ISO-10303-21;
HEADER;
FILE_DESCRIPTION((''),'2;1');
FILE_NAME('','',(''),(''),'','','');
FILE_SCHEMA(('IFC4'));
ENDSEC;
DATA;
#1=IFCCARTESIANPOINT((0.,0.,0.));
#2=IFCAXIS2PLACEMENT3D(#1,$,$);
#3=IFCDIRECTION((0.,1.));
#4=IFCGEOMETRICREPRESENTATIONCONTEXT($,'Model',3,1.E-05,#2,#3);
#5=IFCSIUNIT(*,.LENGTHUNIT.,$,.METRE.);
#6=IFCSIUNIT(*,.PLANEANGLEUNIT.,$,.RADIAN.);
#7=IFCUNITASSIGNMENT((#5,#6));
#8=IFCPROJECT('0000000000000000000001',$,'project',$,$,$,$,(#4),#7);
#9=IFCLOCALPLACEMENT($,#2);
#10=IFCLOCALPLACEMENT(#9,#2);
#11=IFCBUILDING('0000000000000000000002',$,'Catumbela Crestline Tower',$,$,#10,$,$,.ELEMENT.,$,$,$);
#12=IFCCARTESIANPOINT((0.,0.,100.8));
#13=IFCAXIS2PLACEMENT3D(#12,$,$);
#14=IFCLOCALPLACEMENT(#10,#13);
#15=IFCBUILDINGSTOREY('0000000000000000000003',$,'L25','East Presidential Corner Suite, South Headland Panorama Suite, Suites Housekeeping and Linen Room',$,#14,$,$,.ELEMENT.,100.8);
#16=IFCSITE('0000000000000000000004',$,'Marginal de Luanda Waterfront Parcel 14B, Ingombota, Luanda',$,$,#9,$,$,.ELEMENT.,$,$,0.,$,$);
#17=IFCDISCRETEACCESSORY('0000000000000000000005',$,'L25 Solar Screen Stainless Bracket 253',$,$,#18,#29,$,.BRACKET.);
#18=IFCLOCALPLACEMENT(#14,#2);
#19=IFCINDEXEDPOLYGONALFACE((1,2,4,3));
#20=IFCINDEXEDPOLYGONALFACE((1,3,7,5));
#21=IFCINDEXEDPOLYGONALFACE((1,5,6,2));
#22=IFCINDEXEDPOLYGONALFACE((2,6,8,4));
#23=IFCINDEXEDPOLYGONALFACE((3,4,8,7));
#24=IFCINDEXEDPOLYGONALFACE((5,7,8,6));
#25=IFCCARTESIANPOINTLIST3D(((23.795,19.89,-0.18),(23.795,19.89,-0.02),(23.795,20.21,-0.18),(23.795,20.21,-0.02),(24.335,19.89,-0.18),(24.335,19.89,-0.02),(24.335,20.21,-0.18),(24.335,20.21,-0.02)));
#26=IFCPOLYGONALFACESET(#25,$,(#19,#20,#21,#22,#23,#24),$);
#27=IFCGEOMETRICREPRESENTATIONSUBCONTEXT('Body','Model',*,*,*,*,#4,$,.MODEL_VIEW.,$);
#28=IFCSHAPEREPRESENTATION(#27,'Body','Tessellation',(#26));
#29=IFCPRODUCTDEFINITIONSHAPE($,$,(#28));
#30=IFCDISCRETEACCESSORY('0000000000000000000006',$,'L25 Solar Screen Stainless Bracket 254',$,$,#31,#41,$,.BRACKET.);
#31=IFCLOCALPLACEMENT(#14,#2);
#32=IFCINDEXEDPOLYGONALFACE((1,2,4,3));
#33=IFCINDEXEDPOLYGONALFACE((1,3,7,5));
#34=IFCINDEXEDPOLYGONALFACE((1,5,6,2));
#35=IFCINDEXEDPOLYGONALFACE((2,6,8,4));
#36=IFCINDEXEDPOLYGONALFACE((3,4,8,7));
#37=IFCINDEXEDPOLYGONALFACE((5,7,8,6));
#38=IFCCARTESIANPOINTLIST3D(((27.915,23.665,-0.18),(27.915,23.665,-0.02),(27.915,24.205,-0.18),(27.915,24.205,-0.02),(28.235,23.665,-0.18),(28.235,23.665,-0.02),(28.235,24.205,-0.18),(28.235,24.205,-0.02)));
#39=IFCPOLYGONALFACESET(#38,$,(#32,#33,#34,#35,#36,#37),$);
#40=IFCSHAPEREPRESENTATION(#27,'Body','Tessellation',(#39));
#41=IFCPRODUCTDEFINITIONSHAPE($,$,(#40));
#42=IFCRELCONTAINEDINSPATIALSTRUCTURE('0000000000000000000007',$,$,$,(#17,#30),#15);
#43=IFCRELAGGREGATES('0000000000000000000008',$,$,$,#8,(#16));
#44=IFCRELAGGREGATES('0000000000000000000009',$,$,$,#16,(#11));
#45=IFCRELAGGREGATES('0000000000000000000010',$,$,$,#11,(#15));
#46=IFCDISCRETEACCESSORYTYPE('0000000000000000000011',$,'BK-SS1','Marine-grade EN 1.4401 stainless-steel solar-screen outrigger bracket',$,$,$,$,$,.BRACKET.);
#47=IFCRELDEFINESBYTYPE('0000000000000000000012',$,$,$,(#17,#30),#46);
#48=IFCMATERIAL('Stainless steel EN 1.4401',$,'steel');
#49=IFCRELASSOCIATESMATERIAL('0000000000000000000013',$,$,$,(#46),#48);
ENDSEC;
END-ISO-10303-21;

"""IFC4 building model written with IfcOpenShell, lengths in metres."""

from ifc_helpers import new_model, si_unit, direction, frame, origin, origin_2d, place, context, subcontext, project, spatial, rectangle, extrude, material, type_object, element, save


model = new_model("IFC4")

# Units and contexts
model_context = context("Model", 3, precision=1e-05, world=origin(), true_north=direction((0.0, 1.0)))
body_context = subcontext(model_context, "Body", "Model", "MODEL_VIEW")
ifc_project = project(units=[si_unit("LENGTHUNIT", "METRE"), si_unit("PLANEANGLEUNIT", "RADIAN")], contexts=[model_context])

# Site, building, storey
site_placement = place(None, origin())
site = spatial("IfcSite", under=ifc_project, at=site_placement, Name="Marginal de Luanda Waterfront Parcel 14B, Ingombota, Luanda", CompositionType="ELEMENT", RefElevation=0.0)
building_placement = place(site_placement, origin())
building = spatial("IfcBuilding", under=site, at=building_placement, Name="Catumbela Crestline Tower", CompositionType="ELEMENT")
storey_placement = place(building_placement, frame((0.0, 0.0, 100.8)))
storey = spatial("IfcBuildingStorey", under=building, at=storey_placement, Name="L25", Description="East Presidential Corner Suite, South Headland Panorama Suite, Suites Housekeeping and Linen Room", CompositionType="ELEMENT", Elevation=100.8)

# Shared definitions
ifc_material_1 = material(Name="Stainless steel EN 1.4401", Category="steel")

# Discrete accessories
discrete_accessory_type = type_object("IfcDiscreteAccessoryType", Name="BK-SS1", Description="Marine-grade EN 1.4401 stainless-steel solar-screen outrigger bracket", PredefinedType="BRACKET", material=ifc_material_1)
for number, where, z_axis, x_axis, name in (
    (1, (24.065, 20.05, -0.18), (0.0, 0.0, 1.0), (0.0, 1.0, 0.0), "L25 Solar Screen Stainless Bracket 253"),
    (2, (28.075, 23.935, -0.18), (0.0, 0.0, 1.0), (1.0, 0.0, 0.0), "L25 Solar Screen Stainless Bracket 254"),
):
    element("IfcDiscreteAccessory", number, at=place(storey_placement, frame(where, z_axis=z_axis, x_axis=x_axis)), inside=storey, type_object=discrete_accessory_type, Name=name, PredefinedType="BRACKET", context=body_context, shape_type="SweptSolid", body=[
        extrude(rectangle(XDim=0.32, YDim=0.54, at=origin_2d()), origin(), (0.0, 0.0, 1.0), 0.16),
    ])

save(model, "model.ifc")
